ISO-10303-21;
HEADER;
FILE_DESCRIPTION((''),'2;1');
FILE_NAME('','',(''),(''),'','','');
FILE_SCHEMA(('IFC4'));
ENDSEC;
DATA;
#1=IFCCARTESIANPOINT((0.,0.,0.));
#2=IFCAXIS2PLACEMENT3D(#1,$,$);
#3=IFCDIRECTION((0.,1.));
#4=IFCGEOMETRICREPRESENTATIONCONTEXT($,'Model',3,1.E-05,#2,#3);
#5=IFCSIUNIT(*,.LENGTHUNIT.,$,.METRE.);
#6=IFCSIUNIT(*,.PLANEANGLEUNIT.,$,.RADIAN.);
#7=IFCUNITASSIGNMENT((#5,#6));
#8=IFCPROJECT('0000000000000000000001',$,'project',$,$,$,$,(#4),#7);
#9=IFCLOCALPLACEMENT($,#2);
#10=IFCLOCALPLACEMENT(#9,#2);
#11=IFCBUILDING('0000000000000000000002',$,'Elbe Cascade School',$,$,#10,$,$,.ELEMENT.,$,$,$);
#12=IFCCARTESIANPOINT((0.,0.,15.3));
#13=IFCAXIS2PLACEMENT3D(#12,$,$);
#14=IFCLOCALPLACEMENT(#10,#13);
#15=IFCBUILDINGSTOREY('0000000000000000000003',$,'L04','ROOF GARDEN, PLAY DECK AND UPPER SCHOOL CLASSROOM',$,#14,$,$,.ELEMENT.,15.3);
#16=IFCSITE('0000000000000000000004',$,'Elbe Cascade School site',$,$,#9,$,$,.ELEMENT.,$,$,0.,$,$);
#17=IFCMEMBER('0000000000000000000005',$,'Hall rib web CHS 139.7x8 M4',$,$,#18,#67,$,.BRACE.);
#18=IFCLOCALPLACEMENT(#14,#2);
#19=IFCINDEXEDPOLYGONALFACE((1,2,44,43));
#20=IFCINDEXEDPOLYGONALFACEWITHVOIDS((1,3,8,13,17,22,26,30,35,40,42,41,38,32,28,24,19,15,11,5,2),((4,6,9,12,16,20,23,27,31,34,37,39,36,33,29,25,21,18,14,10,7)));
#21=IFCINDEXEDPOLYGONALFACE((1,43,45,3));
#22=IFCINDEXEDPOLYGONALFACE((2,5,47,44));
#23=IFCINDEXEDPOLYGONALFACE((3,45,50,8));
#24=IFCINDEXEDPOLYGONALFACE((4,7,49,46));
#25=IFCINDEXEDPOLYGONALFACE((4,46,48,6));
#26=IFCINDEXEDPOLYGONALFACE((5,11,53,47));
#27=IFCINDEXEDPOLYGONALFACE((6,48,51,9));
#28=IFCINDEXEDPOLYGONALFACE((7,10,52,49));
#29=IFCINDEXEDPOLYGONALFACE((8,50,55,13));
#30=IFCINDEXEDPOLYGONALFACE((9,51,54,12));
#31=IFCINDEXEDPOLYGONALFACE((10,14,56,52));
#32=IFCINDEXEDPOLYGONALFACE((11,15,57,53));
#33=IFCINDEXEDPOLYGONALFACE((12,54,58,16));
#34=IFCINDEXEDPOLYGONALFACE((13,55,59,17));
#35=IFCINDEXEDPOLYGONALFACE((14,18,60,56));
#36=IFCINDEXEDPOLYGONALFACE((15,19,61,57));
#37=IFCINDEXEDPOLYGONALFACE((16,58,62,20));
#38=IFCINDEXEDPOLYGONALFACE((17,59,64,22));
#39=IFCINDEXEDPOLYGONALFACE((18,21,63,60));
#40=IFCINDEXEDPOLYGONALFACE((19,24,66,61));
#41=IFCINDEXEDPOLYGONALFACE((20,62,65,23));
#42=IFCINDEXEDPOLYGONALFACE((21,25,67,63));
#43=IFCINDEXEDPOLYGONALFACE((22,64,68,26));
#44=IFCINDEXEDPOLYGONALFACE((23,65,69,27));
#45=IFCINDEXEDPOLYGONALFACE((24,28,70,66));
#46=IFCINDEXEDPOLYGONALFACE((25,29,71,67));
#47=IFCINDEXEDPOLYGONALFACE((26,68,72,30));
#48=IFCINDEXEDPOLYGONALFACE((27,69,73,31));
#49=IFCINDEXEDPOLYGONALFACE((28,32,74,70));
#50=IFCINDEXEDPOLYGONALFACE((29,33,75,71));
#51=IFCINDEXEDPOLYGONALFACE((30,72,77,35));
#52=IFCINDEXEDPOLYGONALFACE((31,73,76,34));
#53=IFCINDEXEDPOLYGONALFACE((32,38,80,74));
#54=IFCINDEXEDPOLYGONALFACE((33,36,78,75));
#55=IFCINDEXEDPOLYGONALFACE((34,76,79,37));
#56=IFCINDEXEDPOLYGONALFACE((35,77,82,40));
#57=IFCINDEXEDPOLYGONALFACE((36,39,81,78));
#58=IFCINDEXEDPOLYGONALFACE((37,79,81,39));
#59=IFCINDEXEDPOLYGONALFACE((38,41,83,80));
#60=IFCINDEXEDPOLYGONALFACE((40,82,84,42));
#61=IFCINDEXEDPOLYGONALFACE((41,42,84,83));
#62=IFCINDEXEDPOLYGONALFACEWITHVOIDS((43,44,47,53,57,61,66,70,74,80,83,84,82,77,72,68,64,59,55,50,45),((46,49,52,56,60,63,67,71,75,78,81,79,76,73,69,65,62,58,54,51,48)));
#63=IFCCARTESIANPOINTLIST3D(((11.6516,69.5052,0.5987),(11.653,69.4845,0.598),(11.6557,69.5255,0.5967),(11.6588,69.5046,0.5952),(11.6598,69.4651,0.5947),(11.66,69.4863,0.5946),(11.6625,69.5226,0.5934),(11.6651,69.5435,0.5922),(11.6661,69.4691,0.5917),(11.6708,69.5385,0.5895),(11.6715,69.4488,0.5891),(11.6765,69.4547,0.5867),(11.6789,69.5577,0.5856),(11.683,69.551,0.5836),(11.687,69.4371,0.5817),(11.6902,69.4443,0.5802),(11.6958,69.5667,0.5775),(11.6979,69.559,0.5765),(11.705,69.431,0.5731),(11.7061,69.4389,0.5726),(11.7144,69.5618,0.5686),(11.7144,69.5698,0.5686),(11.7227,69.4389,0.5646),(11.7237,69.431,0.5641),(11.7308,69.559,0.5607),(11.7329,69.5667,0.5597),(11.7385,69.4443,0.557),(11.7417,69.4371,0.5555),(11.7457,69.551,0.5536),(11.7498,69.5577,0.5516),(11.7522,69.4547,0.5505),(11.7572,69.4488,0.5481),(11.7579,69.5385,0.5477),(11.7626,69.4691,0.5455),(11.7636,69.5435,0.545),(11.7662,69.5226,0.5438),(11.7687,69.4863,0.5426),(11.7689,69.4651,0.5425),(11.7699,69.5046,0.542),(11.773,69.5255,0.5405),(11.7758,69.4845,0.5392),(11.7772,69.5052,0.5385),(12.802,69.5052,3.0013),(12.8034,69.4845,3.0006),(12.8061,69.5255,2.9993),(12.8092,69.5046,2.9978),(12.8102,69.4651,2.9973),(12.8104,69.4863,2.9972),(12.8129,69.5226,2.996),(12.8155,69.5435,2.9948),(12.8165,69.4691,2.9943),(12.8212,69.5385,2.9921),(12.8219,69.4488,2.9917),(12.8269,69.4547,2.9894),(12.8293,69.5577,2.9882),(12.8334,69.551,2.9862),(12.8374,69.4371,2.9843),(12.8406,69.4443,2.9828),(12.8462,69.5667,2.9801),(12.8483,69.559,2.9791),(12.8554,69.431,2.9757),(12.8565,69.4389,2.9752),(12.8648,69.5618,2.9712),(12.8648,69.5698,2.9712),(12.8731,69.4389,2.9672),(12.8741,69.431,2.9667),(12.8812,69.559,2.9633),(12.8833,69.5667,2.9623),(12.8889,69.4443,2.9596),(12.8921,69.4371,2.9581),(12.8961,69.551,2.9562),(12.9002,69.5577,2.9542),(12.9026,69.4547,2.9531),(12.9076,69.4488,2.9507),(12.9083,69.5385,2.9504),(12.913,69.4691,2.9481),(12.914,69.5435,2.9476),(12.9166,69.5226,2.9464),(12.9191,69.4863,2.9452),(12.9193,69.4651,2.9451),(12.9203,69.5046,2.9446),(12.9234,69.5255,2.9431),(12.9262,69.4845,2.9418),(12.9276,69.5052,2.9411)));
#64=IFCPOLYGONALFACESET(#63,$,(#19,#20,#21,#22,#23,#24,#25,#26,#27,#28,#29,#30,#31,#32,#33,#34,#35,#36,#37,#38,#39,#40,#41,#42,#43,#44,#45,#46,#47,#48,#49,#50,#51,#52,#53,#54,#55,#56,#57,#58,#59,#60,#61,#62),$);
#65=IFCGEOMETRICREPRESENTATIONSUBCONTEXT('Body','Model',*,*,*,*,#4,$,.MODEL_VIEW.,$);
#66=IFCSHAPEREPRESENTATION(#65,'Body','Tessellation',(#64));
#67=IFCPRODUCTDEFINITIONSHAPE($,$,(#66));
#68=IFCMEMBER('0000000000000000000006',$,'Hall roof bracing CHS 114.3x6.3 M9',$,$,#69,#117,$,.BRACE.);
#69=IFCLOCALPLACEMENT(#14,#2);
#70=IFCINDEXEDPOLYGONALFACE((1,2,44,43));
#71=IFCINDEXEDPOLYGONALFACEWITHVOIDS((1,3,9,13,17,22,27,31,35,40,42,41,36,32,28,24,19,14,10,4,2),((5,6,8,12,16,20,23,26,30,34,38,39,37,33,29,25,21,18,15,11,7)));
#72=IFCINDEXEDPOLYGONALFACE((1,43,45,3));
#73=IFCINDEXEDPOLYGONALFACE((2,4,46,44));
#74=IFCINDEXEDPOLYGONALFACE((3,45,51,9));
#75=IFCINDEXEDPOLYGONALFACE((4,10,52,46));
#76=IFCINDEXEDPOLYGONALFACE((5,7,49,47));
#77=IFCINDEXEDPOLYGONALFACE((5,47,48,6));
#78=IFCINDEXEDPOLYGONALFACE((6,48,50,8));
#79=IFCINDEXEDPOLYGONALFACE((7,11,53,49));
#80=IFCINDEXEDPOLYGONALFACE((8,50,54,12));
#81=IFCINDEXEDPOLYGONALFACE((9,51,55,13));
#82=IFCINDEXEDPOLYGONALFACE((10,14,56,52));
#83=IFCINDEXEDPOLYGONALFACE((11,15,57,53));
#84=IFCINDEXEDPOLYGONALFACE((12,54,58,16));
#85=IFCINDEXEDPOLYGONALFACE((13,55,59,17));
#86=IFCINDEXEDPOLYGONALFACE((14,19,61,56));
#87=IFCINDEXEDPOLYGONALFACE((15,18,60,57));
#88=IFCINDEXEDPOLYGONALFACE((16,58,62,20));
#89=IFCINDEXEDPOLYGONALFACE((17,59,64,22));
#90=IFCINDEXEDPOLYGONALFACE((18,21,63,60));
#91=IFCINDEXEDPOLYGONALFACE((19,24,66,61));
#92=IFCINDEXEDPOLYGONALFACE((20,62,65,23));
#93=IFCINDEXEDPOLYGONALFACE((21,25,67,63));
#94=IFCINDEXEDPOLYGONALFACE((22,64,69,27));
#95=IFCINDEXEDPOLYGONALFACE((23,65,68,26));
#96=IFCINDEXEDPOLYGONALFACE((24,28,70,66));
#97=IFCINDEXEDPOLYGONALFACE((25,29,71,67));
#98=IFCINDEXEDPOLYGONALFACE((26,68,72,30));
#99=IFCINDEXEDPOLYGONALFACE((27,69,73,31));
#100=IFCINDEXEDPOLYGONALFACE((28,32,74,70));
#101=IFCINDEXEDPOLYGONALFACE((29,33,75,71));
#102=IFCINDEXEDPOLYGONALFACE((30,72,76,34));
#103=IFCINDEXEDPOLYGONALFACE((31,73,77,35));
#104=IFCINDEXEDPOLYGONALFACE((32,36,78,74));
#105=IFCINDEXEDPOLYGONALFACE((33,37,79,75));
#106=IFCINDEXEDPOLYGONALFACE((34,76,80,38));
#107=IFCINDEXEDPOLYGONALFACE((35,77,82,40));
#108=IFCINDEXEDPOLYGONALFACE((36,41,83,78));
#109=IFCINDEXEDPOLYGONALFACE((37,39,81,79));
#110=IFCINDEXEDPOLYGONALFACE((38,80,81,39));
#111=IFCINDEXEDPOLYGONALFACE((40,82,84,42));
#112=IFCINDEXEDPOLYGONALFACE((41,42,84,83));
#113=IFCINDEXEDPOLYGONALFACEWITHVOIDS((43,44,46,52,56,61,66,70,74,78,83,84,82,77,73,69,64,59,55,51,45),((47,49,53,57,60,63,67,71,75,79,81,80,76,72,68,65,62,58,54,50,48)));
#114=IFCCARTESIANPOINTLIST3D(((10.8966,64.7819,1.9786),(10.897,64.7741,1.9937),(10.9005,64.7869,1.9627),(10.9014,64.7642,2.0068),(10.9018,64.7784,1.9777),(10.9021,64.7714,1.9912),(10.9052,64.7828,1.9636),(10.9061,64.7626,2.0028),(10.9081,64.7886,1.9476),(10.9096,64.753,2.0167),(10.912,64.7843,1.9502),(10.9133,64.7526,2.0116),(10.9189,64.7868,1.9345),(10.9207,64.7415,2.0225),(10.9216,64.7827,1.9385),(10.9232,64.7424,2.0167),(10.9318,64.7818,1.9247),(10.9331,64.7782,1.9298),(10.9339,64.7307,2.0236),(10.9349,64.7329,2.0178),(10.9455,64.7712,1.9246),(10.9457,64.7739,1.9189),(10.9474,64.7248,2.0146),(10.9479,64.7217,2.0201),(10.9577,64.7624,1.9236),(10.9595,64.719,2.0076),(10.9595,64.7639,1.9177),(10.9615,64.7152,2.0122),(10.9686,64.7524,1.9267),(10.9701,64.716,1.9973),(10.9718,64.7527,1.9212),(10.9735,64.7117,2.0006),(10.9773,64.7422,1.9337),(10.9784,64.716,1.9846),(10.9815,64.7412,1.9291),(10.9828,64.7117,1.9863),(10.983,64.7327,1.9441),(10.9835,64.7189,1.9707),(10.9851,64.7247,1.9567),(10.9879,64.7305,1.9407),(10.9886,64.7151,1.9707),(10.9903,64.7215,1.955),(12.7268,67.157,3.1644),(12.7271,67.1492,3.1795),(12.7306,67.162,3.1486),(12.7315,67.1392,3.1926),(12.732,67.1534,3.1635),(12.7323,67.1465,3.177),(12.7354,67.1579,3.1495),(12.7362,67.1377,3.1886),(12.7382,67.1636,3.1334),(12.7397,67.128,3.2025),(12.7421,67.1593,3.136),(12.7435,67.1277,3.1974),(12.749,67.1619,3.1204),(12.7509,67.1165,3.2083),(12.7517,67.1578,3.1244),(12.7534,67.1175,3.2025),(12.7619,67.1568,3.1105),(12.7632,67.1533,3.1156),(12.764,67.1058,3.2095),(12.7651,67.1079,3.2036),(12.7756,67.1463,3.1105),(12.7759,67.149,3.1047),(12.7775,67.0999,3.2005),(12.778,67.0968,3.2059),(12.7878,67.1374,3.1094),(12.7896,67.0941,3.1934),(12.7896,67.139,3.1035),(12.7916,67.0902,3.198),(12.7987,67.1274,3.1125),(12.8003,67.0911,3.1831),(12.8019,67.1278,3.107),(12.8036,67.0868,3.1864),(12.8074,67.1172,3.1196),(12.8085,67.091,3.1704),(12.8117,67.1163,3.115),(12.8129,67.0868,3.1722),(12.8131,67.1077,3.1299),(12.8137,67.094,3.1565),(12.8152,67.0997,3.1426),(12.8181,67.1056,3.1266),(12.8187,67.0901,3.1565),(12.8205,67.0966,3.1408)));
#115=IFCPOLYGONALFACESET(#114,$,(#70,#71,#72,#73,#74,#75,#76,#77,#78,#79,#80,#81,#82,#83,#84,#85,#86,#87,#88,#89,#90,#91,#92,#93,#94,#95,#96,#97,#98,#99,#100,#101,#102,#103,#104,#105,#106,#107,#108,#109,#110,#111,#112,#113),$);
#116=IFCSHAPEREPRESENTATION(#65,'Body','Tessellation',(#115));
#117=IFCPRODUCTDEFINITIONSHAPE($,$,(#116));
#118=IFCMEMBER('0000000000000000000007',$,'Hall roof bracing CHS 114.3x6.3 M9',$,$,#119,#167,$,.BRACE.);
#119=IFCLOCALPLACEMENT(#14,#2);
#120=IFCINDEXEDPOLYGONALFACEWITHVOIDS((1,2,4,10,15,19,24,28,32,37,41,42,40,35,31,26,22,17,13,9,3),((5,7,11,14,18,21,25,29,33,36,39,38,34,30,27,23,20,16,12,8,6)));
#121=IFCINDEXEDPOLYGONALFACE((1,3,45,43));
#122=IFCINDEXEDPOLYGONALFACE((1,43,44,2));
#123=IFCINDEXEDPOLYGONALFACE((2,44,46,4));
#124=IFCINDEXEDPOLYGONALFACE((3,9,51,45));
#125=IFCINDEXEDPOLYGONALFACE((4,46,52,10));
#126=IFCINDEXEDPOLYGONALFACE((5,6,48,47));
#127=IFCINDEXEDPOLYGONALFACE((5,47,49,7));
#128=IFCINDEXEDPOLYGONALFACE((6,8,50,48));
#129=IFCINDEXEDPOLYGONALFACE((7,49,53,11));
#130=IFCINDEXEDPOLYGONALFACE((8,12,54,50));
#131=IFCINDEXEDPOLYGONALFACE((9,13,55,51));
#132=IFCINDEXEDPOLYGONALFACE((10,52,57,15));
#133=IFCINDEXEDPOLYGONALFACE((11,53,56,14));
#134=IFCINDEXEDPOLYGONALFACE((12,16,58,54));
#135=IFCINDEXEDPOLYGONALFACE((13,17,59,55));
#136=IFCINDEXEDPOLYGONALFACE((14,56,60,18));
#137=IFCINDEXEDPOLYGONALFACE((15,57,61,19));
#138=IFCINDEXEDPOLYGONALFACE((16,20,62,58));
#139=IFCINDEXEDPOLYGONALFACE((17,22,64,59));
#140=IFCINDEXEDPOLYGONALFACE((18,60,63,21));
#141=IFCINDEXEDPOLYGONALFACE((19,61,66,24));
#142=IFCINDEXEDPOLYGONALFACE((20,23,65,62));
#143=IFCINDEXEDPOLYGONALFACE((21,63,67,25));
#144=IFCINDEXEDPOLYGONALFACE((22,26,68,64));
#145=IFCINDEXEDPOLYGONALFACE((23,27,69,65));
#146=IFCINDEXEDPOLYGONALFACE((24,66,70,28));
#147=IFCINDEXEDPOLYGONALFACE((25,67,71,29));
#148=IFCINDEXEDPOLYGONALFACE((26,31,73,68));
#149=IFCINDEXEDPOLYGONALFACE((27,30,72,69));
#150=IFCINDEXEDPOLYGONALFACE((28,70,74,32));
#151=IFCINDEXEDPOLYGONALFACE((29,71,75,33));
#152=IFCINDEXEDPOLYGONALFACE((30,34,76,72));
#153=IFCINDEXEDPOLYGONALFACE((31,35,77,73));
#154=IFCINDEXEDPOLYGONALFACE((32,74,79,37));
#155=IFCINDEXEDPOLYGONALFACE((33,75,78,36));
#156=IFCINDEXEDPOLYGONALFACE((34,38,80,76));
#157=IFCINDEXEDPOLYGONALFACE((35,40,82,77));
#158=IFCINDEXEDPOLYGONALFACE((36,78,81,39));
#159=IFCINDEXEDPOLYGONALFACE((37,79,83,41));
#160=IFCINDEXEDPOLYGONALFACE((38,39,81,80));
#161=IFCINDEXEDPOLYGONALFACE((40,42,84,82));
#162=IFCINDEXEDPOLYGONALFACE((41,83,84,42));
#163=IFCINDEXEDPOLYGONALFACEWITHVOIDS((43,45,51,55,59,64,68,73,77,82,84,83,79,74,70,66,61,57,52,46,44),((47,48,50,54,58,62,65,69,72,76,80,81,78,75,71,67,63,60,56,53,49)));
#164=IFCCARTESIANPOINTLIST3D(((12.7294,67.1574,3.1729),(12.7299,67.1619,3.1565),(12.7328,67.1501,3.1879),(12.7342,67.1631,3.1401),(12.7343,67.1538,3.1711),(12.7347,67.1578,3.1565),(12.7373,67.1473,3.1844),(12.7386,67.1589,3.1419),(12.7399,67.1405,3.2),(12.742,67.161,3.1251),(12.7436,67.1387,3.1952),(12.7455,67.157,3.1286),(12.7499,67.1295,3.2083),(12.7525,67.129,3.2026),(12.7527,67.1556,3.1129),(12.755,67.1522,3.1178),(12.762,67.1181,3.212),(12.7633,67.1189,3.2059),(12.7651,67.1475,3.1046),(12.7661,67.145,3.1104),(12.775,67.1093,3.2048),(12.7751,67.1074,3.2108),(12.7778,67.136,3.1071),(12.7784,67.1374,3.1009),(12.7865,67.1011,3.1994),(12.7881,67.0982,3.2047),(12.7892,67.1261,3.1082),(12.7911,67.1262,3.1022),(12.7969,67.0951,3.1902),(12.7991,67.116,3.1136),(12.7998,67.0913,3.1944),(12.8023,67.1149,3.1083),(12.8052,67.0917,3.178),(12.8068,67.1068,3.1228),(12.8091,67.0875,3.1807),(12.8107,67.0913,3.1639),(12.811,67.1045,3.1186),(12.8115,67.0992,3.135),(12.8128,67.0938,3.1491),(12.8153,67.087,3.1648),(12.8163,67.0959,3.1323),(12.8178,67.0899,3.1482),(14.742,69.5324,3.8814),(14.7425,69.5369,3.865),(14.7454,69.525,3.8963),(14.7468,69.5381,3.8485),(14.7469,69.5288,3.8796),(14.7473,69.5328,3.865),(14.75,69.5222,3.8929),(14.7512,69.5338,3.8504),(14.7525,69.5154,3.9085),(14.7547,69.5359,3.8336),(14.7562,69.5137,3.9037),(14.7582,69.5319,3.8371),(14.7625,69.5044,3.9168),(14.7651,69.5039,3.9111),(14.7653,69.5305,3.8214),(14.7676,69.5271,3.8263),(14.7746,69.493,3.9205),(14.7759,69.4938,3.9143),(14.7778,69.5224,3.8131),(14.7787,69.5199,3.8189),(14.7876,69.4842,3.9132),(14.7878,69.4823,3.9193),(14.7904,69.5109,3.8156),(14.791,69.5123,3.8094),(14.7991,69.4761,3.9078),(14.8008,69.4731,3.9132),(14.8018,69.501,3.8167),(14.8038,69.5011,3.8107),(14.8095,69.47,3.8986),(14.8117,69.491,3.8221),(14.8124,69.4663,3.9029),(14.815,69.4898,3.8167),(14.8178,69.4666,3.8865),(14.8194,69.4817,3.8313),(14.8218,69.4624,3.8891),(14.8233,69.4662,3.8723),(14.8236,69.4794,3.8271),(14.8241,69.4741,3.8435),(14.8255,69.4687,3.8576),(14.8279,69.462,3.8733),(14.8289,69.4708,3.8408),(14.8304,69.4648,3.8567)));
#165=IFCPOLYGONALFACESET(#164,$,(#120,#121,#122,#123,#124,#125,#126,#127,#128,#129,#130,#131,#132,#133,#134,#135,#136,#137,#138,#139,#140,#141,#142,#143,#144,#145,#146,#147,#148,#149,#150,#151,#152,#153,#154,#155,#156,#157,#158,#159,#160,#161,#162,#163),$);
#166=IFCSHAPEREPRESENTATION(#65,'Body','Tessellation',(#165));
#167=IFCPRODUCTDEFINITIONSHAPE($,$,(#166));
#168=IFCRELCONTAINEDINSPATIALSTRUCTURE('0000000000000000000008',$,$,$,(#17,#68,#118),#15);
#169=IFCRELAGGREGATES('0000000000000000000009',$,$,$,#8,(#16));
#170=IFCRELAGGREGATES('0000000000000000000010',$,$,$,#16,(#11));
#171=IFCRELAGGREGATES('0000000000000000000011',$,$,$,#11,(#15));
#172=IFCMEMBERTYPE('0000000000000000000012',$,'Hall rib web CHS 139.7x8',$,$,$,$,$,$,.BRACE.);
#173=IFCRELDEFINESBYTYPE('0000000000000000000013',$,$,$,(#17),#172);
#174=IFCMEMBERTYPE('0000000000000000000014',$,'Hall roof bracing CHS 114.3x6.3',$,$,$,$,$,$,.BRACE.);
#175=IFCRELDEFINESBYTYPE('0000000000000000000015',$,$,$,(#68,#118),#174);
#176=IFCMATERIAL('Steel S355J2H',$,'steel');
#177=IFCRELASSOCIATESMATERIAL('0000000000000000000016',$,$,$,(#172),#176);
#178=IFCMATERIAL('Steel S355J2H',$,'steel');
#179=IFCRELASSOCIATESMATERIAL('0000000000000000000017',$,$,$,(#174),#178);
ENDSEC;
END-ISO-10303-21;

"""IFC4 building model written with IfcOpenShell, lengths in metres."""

from ifc_helpers import new_model, si_unit, direction, frame, origin, origin_2d, place, context, subcontext, project, spatial, hollow_circle, extrude, material, material_profile, profile_set, type_object, element, save


model = new_model("IFC4")

# Units and contexts
model_context = context("Model", 3, precision=1e-05, world=origin(), true_north=direction((0.0, 1.0)))
body_context = subcontext(model_context, "Body", "Model", "MODEL_VIEW")
ifc_project = project(units=[si_unit("LENGTHUNIT", "METRE"), si_unit("PLANEANGLEUNIT", "RADIAN")], contexts=[model_context])

# Site, building, storey
site_placement = place(None, origin())
site = spatial("IfcSite", under=ifc_project, at=site_placement, Name="Elbe Cascade School site", CompositionType="ELEMENT", RefElevation=0.0)
building_placement = place(site_placement, origin())
building = spatial("IfcBuilding", under=site, at=building_placement, Name="Elbe Cascade School", CompositionType="ELEMENT")
storey_placement = place(building_placement, frame((0.0, 0.0, 15.3)))
storey = spatial("IfcBuildingStorey", under=building, at=storey_placement, Name="L04", Description="ROOF GARDEN, PLAY DECK AND UPPER SCHOOL CLASSROOM", CompositionType="ELEMENT", Elevation=15.3)

# Members
ifc_material_1 = material(Name="Steel S355J2H", Category="steel")
ifc_material_profile_1 = material_profile(ifc_material_1, hollow_circle(Radius=0.0698, WallThickness=0.0081, at=origin_2d()), Name="CHS 139.7x8")
ifc_profile_set_1 = profile_set([ifc_material_profile_1], Name="Steel S355J2H")
member_type_1 = type_object("IfcMemberType", Name="Hall rib web CHS 139.7x8", PredefinedType="BRACE", material=ifc_profile_set_1)
member_1_placement = place(storey_placement, frame((11.7144, 69.5, 0.5686), z_axis=(0.431861, 0.0, 0.90194), x_axis=(0.0, 1.0, 0.0)))
element("IfcMember", 1, at=member_1_placement, inside=storey, type_object=member_type_1, Name="Hall rib web CHS 139.7x8 M4", PredefinedType="BRACE", context=body_context, shape_type="SweptSolid", body=[
    extrude(hollow_circle(Radius=0.0698, WallThickness=0.0081, at=origin_2d()), origin(), (0.0, 0.0, 1.0), 2.6638),
])
ifc_material_2 = material(Name="Steel S355J2H", Category="steel")
ifc_material_profile_2 = material_profile(ifc_material_2, hollow_circle(Radius=0.0571, WallThickness=0.0063, at=origin_2d()), Name="CHS 114.3x6.3")
ifc_profile_set_2 = profile_set([ifc_material_profile_2], Name="Steel S355J2H")
member_type_2 = type_object("IfcMemberType", Name="Hall roof bracing CHS 114.3x6.3", PredefinedType="BRACE", material=ifc_profile_set_2)
member_2_placement = place(storey_placement, frame((12.7734, 67.125, 3.1565), z_axis=(-0.567595, -0.736601, -0.36777), x_axis=(0.792115, -0.610372, 0.0)))
element("IfcMember", 2, at=member_2_placement, inside=storey, type_object=member_type_2, Name="Hall roof bracing CHS 114.3x6.3 M9", PredefinedType="BRACE", context=body_context, shape_type="SweptSolid", body=[
    extrude(hollow_circle(Radius=0.0571, WallThickness=0.0063, at=origin_2d()), origin(), (0.0, 0.0, 1.0), 3.2244),
])
member_3_placement = place(storey_placement, frame((12.7734, 67.125, 3.1565), z_axis=(0.630399, 0.743877, 0.221909), x_axis=(-0.762898, 0.646519, 0.0)))
element("IfcMember", 3, at=member_3_placement, inside=storey, type_object=member_type_2, Name="Hall roof bracing CHS 114.3x6.3 M9", PredefinedType="BRACE", context=body_context, shape_type="SweptSolid", body=[
    extrude(hollow_circle(Radius=0.0571, WallThickness=0.0063, at=origin_2d()), origin(), (0.0, 0.0, 1.0), 3.1926),
])

save(model, "model.ifc")
